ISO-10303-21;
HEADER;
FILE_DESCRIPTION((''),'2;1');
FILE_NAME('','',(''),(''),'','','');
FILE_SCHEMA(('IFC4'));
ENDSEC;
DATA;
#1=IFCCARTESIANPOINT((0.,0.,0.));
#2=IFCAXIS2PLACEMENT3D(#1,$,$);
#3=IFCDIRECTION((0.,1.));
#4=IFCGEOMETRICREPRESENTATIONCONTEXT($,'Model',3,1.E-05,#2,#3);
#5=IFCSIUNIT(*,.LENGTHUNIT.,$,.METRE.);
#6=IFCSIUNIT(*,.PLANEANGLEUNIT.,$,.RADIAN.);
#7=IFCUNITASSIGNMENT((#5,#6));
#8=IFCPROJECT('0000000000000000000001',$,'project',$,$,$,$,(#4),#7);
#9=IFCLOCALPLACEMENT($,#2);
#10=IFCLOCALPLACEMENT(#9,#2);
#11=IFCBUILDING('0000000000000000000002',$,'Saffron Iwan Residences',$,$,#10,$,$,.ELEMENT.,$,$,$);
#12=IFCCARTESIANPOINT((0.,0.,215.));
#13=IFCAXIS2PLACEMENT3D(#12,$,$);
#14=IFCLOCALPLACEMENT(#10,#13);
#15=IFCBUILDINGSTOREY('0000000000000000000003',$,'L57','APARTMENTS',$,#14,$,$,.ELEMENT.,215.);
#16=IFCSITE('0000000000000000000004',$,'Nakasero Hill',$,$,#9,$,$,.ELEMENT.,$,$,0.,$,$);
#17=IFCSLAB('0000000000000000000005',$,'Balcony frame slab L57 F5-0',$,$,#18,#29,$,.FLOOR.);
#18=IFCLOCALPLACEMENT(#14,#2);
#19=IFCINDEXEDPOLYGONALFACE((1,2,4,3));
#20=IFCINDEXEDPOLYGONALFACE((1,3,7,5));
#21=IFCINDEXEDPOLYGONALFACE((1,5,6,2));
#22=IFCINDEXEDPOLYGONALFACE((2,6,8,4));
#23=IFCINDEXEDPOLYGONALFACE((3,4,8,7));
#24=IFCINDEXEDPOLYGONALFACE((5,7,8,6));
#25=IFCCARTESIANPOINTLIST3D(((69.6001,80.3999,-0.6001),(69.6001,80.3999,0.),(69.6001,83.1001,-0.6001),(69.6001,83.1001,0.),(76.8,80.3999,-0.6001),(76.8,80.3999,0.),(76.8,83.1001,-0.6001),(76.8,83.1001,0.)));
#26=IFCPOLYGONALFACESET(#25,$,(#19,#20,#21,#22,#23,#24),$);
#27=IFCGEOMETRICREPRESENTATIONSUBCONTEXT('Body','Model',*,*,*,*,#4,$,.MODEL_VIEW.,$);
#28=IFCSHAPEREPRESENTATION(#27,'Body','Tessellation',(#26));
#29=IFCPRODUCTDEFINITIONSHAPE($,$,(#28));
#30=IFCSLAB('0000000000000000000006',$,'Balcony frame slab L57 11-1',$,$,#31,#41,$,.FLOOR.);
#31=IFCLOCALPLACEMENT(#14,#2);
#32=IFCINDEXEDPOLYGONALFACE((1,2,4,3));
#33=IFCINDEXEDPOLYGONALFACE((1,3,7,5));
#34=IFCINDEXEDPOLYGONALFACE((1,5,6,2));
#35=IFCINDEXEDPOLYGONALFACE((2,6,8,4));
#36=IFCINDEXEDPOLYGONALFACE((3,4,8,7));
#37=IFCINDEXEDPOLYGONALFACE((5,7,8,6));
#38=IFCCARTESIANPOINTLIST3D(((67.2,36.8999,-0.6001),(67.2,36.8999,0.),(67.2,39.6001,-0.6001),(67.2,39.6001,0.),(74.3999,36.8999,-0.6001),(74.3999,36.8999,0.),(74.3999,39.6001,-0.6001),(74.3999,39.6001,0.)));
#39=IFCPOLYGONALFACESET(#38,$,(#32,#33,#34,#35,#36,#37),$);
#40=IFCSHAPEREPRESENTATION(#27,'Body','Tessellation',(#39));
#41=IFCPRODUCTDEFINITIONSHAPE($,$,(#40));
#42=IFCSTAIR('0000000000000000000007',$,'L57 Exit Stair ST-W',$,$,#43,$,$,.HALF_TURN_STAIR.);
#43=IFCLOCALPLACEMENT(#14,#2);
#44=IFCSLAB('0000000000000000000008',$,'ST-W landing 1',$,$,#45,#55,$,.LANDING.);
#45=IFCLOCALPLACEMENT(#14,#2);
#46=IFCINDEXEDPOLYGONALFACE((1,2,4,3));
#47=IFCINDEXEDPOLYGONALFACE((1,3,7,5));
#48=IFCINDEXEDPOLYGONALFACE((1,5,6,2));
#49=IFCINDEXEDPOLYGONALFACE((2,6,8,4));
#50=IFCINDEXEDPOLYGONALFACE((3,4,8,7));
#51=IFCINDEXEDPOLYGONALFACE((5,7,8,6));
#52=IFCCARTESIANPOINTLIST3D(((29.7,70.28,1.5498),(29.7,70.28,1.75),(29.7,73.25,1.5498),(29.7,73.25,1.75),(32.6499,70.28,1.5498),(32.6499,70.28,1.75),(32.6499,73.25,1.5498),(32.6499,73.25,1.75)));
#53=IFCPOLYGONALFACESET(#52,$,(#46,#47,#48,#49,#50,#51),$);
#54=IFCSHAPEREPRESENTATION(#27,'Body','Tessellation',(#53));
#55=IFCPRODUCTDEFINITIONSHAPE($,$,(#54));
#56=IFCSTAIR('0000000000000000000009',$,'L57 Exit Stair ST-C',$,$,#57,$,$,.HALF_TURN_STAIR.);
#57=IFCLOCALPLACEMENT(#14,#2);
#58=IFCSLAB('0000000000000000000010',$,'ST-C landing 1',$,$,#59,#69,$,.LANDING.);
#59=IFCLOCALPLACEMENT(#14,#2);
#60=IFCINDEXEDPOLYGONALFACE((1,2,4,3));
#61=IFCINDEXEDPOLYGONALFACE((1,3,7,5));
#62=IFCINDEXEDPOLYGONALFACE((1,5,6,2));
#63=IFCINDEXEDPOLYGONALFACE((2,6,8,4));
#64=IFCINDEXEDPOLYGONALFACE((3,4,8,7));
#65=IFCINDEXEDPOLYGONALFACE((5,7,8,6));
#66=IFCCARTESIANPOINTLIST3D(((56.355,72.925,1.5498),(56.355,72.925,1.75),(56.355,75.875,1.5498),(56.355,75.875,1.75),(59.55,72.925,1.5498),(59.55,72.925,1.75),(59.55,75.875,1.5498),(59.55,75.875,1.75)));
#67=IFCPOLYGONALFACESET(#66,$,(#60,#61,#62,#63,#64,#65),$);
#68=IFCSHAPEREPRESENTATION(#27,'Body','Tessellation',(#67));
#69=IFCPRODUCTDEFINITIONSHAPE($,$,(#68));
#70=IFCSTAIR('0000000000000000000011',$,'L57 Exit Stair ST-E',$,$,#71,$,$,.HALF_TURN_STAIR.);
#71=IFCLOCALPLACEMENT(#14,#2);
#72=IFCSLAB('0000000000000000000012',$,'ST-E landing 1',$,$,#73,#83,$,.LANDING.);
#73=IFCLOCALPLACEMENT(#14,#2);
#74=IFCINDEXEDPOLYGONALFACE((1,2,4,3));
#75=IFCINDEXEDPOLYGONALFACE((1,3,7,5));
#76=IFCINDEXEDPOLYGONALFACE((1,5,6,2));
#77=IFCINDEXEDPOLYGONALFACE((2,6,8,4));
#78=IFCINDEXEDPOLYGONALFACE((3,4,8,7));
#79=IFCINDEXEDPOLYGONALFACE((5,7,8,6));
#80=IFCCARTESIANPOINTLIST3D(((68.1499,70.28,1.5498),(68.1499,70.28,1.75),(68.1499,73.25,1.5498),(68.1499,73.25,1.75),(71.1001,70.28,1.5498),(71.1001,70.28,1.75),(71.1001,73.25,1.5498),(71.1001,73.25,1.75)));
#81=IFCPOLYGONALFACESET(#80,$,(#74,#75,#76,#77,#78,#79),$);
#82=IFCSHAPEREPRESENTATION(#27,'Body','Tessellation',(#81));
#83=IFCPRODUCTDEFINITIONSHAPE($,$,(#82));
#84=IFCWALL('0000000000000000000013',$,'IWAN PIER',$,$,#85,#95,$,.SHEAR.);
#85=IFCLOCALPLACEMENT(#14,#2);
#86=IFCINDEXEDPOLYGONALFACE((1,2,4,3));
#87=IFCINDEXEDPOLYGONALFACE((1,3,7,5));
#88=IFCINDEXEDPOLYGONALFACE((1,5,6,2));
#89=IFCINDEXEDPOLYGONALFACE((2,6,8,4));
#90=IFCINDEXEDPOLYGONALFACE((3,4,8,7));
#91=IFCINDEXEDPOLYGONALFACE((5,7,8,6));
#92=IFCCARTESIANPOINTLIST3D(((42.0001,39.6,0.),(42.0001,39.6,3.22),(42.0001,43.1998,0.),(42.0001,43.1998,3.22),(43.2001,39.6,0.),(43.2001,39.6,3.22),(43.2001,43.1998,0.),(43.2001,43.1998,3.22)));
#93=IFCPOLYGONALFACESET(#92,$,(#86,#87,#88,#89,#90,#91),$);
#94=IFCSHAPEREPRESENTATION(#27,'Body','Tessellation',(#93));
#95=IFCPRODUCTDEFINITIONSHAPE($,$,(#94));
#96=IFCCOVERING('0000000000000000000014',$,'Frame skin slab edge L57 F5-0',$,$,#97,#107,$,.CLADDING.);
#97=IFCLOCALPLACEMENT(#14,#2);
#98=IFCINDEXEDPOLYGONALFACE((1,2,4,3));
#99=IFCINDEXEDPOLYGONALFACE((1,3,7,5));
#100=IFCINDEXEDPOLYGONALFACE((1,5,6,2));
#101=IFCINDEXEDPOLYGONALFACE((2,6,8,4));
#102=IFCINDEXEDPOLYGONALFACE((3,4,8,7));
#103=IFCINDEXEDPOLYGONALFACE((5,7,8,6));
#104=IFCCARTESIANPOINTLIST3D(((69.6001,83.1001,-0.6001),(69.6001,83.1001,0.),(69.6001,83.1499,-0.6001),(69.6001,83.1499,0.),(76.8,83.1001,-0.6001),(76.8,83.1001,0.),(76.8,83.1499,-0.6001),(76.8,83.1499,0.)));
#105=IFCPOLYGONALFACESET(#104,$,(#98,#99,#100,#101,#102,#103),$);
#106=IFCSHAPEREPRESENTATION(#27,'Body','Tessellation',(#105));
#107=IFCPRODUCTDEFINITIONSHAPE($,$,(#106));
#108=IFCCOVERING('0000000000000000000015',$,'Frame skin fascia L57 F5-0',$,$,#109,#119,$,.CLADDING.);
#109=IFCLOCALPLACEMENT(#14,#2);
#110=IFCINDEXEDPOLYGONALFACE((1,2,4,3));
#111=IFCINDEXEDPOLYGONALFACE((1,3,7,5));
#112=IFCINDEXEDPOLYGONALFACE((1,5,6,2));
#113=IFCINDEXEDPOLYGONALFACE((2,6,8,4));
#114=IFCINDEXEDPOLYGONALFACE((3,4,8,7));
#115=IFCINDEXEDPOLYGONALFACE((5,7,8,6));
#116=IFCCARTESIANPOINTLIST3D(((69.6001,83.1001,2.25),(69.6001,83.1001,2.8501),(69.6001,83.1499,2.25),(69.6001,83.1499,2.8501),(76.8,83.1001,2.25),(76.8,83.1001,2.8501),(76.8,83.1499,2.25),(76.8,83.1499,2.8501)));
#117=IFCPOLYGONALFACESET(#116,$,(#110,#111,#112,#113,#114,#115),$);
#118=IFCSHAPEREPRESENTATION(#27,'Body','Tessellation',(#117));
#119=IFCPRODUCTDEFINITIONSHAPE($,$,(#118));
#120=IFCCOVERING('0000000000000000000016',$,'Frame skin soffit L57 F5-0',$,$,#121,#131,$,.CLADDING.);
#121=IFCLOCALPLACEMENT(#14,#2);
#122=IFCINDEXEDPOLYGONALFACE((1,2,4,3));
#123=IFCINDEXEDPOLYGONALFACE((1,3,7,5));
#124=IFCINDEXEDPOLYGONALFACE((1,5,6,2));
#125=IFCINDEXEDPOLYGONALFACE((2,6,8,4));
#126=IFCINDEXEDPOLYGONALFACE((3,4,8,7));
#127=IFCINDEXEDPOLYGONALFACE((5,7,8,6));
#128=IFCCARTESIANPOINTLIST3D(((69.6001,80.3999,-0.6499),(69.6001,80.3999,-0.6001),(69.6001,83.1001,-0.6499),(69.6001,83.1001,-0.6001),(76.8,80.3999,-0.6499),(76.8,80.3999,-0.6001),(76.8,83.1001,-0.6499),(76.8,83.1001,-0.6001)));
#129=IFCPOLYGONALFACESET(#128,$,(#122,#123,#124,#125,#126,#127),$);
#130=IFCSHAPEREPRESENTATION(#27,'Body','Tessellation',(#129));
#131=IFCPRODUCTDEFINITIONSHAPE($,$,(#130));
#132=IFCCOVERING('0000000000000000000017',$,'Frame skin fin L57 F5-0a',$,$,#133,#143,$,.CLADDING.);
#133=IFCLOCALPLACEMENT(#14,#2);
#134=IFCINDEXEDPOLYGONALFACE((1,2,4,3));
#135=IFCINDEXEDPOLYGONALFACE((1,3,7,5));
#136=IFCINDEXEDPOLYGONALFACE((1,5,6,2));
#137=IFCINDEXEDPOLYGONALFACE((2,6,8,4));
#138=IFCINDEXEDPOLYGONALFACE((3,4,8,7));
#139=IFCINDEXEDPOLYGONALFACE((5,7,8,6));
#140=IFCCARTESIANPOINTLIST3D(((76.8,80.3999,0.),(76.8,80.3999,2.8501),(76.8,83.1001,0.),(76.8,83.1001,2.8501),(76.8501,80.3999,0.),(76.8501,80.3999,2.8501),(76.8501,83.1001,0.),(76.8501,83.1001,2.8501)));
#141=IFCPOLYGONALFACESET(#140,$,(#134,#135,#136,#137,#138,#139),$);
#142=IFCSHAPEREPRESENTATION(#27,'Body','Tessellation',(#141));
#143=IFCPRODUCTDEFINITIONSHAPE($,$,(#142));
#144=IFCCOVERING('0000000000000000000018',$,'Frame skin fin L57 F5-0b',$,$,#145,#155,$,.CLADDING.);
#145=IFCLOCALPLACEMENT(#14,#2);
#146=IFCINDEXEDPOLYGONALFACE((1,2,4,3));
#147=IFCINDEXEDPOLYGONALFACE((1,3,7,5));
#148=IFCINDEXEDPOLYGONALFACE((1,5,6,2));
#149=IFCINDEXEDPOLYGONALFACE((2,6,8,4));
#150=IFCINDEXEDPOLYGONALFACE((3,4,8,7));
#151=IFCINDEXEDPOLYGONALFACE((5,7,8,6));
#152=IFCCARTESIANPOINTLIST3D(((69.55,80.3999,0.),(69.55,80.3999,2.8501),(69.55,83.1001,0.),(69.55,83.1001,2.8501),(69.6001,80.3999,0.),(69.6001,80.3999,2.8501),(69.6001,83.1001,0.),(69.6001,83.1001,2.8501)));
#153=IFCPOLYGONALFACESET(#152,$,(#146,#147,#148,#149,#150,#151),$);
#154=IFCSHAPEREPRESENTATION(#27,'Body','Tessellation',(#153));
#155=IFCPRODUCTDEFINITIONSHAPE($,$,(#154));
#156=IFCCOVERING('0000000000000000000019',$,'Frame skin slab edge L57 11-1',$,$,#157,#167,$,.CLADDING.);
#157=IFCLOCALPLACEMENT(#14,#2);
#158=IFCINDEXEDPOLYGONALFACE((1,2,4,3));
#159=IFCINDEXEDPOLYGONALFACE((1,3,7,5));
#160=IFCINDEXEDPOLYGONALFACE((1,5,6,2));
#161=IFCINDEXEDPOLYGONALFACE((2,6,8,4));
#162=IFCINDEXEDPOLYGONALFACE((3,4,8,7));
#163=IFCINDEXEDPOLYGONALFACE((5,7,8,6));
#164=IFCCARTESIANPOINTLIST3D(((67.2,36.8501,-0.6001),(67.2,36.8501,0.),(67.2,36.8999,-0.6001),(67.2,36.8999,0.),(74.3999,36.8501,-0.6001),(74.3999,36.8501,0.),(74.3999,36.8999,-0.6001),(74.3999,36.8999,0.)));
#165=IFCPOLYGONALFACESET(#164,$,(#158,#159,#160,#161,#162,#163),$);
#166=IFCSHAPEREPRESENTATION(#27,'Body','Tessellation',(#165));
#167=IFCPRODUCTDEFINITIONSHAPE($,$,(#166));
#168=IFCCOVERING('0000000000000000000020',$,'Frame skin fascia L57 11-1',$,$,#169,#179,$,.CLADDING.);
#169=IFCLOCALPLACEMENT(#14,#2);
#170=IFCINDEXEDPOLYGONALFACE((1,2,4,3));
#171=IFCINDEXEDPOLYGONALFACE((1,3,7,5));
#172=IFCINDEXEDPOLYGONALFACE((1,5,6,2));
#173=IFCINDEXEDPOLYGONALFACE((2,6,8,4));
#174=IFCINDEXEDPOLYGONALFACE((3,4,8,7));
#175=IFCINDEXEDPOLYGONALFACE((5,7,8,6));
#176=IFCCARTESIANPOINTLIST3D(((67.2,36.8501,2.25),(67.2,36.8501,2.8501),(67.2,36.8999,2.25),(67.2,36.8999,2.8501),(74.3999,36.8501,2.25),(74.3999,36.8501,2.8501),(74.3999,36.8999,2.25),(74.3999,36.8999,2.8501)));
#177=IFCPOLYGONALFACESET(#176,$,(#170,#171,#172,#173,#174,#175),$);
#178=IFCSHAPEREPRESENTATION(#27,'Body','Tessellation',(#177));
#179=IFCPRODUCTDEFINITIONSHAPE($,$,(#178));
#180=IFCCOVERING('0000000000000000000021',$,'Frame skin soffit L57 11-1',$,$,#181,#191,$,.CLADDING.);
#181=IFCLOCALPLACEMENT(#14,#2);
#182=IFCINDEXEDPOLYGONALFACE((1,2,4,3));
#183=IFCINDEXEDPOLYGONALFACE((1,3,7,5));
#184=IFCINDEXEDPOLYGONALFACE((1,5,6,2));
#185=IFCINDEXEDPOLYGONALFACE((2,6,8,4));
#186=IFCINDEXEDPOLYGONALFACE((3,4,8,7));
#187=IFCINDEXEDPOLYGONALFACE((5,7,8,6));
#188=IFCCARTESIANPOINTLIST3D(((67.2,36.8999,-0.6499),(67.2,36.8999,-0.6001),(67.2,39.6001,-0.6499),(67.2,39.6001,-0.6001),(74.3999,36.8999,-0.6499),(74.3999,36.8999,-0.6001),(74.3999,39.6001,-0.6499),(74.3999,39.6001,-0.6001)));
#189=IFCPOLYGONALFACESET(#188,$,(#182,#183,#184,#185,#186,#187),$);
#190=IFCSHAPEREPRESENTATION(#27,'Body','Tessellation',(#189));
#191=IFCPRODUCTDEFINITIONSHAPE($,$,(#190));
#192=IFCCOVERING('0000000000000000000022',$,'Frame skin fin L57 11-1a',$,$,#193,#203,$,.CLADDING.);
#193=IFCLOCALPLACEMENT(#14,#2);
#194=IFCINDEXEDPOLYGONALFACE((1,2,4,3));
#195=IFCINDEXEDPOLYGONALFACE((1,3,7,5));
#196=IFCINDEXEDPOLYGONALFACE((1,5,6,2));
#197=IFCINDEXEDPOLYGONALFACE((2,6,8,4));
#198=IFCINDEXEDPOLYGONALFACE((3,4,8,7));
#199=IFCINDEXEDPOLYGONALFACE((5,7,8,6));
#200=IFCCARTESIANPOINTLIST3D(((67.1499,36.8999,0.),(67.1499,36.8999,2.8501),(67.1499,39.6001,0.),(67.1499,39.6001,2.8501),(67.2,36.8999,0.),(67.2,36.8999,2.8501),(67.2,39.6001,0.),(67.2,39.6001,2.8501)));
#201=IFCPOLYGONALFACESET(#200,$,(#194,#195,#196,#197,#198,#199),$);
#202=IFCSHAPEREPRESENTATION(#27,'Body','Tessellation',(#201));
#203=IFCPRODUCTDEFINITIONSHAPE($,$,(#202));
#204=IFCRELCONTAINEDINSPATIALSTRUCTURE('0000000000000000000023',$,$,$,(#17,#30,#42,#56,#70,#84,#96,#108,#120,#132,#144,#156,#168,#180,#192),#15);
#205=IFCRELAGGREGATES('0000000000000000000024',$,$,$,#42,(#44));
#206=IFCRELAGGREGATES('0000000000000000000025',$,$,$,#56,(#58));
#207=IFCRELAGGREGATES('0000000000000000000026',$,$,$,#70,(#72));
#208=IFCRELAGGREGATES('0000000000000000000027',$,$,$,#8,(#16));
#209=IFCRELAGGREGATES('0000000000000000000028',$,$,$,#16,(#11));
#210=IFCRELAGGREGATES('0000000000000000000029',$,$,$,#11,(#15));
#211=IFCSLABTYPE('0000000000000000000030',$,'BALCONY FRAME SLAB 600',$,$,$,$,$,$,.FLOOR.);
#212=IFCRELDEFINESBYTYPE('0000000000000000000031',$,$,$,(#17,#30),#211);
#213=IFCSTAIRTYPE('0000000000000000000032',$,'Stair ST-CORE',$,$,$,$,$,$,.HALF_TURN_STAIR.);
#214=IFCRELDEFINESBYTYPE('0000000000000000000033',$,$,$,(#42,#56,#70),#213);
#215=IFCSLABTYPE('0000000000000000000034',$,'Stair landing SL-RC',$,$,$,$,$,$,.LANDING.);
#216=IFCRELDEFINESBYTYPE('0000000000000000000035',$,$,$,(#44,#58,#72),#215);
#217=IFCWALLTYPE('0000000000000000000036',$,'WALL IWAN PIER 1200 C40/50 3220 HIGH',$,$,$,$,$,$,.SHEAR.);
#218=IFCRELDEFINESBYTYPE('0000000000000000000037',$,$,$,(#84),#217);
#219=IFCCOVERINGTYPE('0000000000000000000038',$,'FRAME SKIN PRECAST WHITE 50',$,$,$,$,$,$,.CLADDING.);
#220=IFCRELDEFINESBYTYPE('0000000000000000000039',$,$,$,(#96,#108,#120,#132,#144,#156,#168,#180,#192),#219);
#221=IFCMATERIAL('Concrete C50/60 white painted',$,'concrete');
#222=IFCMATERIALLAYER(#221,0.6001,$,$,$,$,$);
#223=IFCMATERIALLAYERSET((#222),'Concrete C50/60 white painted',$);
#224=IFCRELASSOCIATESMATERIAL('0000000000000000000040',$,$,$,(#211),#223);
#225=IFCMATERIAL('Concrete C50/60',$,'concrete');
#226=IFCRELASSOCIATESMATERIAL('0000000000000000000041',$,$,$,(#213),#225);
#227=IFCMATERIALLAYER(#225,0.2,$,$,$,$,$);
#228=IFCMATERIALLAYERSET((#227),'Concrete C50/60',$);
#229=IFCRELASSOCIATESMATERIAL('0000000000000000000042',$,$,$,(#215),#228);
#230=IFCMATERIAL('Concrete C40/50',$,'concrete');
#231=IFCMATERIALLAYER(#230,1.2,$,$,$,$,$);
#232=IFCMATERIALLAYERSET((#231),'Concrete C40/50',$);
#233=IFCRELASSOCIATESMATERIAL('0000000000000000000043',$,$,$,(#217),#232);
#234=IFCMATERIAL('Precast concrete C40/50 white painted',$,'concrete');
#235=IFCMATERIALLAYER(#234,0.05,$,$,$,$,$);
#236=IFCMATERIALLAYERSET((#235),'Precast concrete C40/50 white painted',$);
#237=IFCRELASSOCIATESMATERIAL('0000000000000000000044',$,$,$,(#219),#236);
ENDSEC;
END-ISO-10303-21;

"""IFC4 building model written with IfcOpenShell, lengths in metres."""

from ifc_helpers import new_model, si_unit, direction, frame, frame_2d, origin, place, context, subcontext, project, spatial, polyline, rectangle, outline, extrude, material, layer, layer_set, type_object, element, aggregate, save


model = new_model("IFC4")

# Units and contexts
model_context = context("Model", 3, precision=1e-05, world=origin(), true_north=direction((0.0, 1.0)))
body_context = subcontext(model_context, "Body", "Model", "MODEL_VIEW")
ifc_project = project(units=[si_unit("LENGTHUNIT", "METRE"), si_unit("PLANEANGLEUNIT", "RADIAN")], contexts=[model_context])

# Site, building, storey
site_placement = place(None, origin())
site = spatial("IfcSite", under=ifc_project, at=site_placement, Name="Nakasero Hill", CompositionType="ELEMENT", RefElevation=0.0)
building_placement = place(site_placement, origin())
building = spatial("IfcBuilding", under=site, at=building_placement, Name="Saffron Iwan Residences", CompositionType="ELEMENT")
storey_placement = place(building_placement, frame((0.0, 0.0, 215.0)))
storey = spatial("IfcBuildingStorey", under=building, at=storey_placement, Name="L57", Description="APARTMENTS", CompositionType="ELEMENT", Elevation=215.0)

# Slabs
ifc_material_1 = material(Name="Concrete C50/60 white painted", Category="concrete")
ifc_layer_1 = layer(ifc_material_1, 0.6001)
ifc_layer_set_1 = layer_set([ifc_layer_1], Name="Concrete C50/60 white painted")
slab_type_1 = type_object("IfcSlabType", Name="BALCONY FRAME SLAB 600", PredefinedType="FLOOR", material=ifc_layer_set_1)
slab_1_placement = place(storey_placement, frame((0.0, 0.0, -0.6001)))
element("IfcSlab", 1, at=slab_1_placement, inside=storey, type_object=slab_type_1, Name="Balcony frame slab L57 F5-0", PredefinedType="FLOOR", context=body_context, shape_type="SweptSolid", body=[
    extrude(outline(polyline([(76.8, 83.1001), (69.6001, 83.1001), (69.6001, 80.3999), (76.8, 80.3999), (76.8, 83.1001)])), origin(), (0.0, 0.0, 1.0), 0.6001),
])
slab_2_placement = place(storey_placement, frame((0.0, 0.0, -0.6001)))
element("IfcSlab", 2, at=slab_2_placement, inside=storey, type_object=slab_type_1, Name="Balcony frame slab L57 11-1", PredefinedType="FLOOR", context=body_context, shape_type="SweptSolid", body=[
    extrude(outline(polyline([(67.2, 36.8999), (74.3999, 36.8999), (74.3999, 39.6001), (67.2, 39.6001), (67.2, 36.8999)])), origin(), (0.0, 0.0, 1.0), 0.6001),
])

# Stairs, slabs
ifc_material_2 = material(Name="Concrete C50/60", Category="concrete")
stair_type = type_object("IfcStairType", Name="Stair ST-CORE", PredefinedType="HALF_TURN_STAIR", material=ifc_material_2)
stair_1_placement = place(storey_placement, origin())
stair_1 = element("IfcStair", 3, at=stair_1_placement, inside=storey, type_object=stair_type, Name="L57 Exit Stair ST-W", PredefinedType="HALF_TURN_STAIR")
ifc_layer_2 = layer(ifc_material_2, 0.2)
ifc_layer_set_2 = layer_set([ifc_layer_2], Name="Concrete C50/60")
slab_type_2 = type_object("IfcSlabType", Name="Stair landing SL-RC", PredefinedType="LANDING", material=ifc_layer_set_2)
slab_3_placement = place(storey_placement, frame((0.0, 0.0, 1.5498)))
slab_3 = element("IfcSlab", 4, at=slab_3_placement, type_object=slab_type_2, Name="ST-W landing 1", PredefinedType="LANDING", context=body_context, shape_type="SweptSolid", body=[
    extrude(outline(polyline([(32.6499, 70.28), (32.6499, 73.25), (29.7, 73.25), (29.7, 70.28), (32.6499, 70.28)])), origin(), (0.0, 0.0, 1.0), 0.2002),
])
aggregate(stair_1, [slab_3])
stair_2_placement = place(storey_placement, origin())
stair_2 = element("IfcStair", 5, at=stair_2_placement, inside=storey, type_object=stair_type, Name="L57 Exit Stair ST-C", PredefinedType="HALF_TURN_STAIR")
slab_4_placement = place(storey_placement, frame((0.0, 0.0, 1.5498)))
slab_4 = element("IfcSlab", 6, at=slab_4_placement, type_object=slab_type_2, Name="ST-C landing 1", PredefinedType="LANDING", context=body_context, shape_type="SweptSolid", body=[
    extrude(outline(polyline([(56.355, 72.925), (59.55, 72.925), (59.55, 75.875), (56.355, 75.875), (56.355, 72.925)])), origin(), (0.0, 0.0, 1.0), 0.2002),
])
aggregate(stair_2, [slab_4])
stair_3_placement = place(storey_placement, origin())
stair_3 = element("IfcStair", 7, at=stair_3_placement, inside=storey, type_object=stair_type, Name="L57 Exit Stair ST-E", PredefinedType="HALF_TURN_STAIR")
slab_5_placement = place(storey_placement, frame((0.0, 0.0, 1.5498)))
slab_5 = element("IfcSlab", 8, at=slab_5_placement, type_object=slab_type_2, Name="ST-E landing 1", PredefinedType="LANDING", context=body_context, shape_type="SweptSolid", body=[
    extrude(outline(polyline([(71.1001, 70.28), (71.1001, 73.25), (68.1499, 73.25), (68.1499, 70.28), (71.1001, 70.28)])), origin(), (0.0, 0.0, 1.0), 0.2002),
])
aggregate(stair_3, [slab_5])

# Wall
ifc_material_3 = material(Name="Concrete C40/50", Category="concrete")
ifc_layer_3 = layer(ifc_material_3, 1.2)
ifc_layer_set_3 = layer_set([ifc_layer_3], Name="Concrete C40/50")
wall_type = type_object("IfcWallType", Name="WALL IWAN PIER 1200 C40/50 3220 HIGH", PredefinedType="SHEAR", material=ifc_layer_set_3)
wall_placement = place(storey_placement, frame((42.6001, 39.6001, 0.0), z_axis=(0.0, 0.0, 1.0), x_axis=(0.0, 1.0, 0.0)))
element("IfcWall", 9, at=wall_placement, inside=storey, type_object=wall_type, Name="IWAN PIER", PredefinedType="SHEAR", context=body_context, shape_type="SweptSolid", body=[
    extrude(rectangle(XDim=3.5999, YDim=1.2, at=frame_2d((1.7998, 0.0))), origin(), (0.0, 0.0, 1.0), 3.22),
])

# Coverings
ifc_material_4 = material(Name="Precast concrete C40/50 white painted", Category="concrete")
ifc_layer_4 = layer(ifc_material_4, 0.05)
ifc_layer_set_4 = layer_set([ifc_layer_4], Name="Precast concrete C40/50 white painted")
covering_type_1 = type_object("IfcCoveringType", Name="FRAME SKIN PRECAST WHITE 50", PredefinedType="CLADDING", material=ifc_layer_set_4)
for number, where, name in (
    (10, (0.0, 0.0, -0.6001), "Frame skin slab edge L57 F5-0"),
    (11, (0.0, 0.0, 2.25), "Frame skin fascia L57 F5-0"),
):
    element("IfcCovering", number, at=place(storey_placement, frame(where)), inside=storey, type_object=covering_type_1, Name=name, PredefinedType="CLADDING", context=body_context, shape_type="SweptSolid", body=[
        extrude(outline(polyline([(76.8, 83.1499), (69.6001, 83.1499), (69.6001, 83.1001), (76.8, 83.1001), (76.8, 83.1499)])), origin(), (0.0, 0.0, 1.0), 0.6001),
    ])
covering_1_placement = place(storey_placement, frame((0.0, 0.0, -0.6499)))
element("IfcCovering", 12, at=covering_1_placement, inside=storey, type_object=covering_type_1, Name="Frame skin soffit L57 F5-0", PredefinedType="CLADDING", context=body_context, shape_type="SweptSolid", body=[
    extrude(outline(polyline([(76.8, 83.1001), (69.6001, 83.1001), (69.6001, 80.3999), (76.8, 80.3999), (76.8, 83.1001)])), origin(), (0.0, 0.0, 1.0), 0.0498),
])
covering_2_placement = place(storey_placement, origin())
element("IfcCovering", 13, at=covering_2_placement, inside=storey, type_object=covering_type_1, Name="Frame skin fin L57 F5-0a", PredefinedType="CLADDING", context=body_context, shape_type="SweptSolid", body=[
    extrude(outline(polyline([(76.8501, 83.1001), (76.8, 83.1001), (76.8, 80.3999), (76.8501, 80.3999), (76.8501, 83.1001)])), origin(), (0.0, 0.0, 1.0), 2.8501),
])
covering_3_placement = place(storey_placement, origin())
element("IfcCovering", 14, at=covering_3_placement, inside=storey, type_object=covering_type_1, Name="Frame skin fin L57 F5-0b", PredefinedType="CLADDING", context=body_context, shape_type="SweptSolid", body=[
    extrude(outline(polyline([(69.6001, 83.1001), (69.55, 83.1001), (69.55, 80.3999), (69.6001, 80.3999), (69.6001, 83.1001)])), origin(), (0.0, 0.0, 1.0), 2.8501),
])
for number, where, name in (
    (15, (0.0, 0.0, -0.6001), "Frame skin slab edge L57 11-1"),
    (16, (0.0, 0.0, 2.25), "Frame skin fascia L57 11-1"),
):
    element("IfcCovering", number, at=place(storey_placement, frame(where)), inside=storey, type_object=covering_type_1, Name=name, PredefinedType="CLADDING", context=body_context, shape_type="SweptSolid", body=[
        extrude(outline(polyline([(67.2, 36.8501), (74.3999, 36.8501), (74.3999, 36.8999), (67.2, 36.8999), (67.2, 36.8501)])), origin(), (0.0, 0.0, 1.0), 0.6001),
    ])
covering_4_placement = place(storey_placement, frame((0.0, 0.0, -0.6499)))
element("IfcCovering", 17, at=covering_4_placement, inside=storey, type_object=covering_type_1, Name="Frame skin soffit L57 11-1", PredefinedType="CLADDING", context=body_context, shape_type="SweptSolid", body=[
    extrude(outline(polyline([(67.2, 36.8999), (74.3999, 36.8999), (74.3999, 39.6001), (67.2, 39.6001), (67.2, 36.8999)])), origin(), (0.0, 0.0, 1.0), 0.0498),
])
covering_5_placement = place(storey_placement, origin())
element("IfcCovering", 18, at=covering_5_placement, inside=storey, type_object=covering_type_1, Name="Frame skin fin L57 11-1a", PredefinedType="CLADDING", context=body_context, shape_type="SweptSolid", body=[
    extrude(outline(polyline([(67.1499, 36.8999), (67.2, 36.8999), (67.2, 39.6001), (67.1499, 39.6001), (67.1499, 36.8999)])), origin(), (0.0, 0.0, 1.0), 2.8501),
])

save(model, "model.ifc")
